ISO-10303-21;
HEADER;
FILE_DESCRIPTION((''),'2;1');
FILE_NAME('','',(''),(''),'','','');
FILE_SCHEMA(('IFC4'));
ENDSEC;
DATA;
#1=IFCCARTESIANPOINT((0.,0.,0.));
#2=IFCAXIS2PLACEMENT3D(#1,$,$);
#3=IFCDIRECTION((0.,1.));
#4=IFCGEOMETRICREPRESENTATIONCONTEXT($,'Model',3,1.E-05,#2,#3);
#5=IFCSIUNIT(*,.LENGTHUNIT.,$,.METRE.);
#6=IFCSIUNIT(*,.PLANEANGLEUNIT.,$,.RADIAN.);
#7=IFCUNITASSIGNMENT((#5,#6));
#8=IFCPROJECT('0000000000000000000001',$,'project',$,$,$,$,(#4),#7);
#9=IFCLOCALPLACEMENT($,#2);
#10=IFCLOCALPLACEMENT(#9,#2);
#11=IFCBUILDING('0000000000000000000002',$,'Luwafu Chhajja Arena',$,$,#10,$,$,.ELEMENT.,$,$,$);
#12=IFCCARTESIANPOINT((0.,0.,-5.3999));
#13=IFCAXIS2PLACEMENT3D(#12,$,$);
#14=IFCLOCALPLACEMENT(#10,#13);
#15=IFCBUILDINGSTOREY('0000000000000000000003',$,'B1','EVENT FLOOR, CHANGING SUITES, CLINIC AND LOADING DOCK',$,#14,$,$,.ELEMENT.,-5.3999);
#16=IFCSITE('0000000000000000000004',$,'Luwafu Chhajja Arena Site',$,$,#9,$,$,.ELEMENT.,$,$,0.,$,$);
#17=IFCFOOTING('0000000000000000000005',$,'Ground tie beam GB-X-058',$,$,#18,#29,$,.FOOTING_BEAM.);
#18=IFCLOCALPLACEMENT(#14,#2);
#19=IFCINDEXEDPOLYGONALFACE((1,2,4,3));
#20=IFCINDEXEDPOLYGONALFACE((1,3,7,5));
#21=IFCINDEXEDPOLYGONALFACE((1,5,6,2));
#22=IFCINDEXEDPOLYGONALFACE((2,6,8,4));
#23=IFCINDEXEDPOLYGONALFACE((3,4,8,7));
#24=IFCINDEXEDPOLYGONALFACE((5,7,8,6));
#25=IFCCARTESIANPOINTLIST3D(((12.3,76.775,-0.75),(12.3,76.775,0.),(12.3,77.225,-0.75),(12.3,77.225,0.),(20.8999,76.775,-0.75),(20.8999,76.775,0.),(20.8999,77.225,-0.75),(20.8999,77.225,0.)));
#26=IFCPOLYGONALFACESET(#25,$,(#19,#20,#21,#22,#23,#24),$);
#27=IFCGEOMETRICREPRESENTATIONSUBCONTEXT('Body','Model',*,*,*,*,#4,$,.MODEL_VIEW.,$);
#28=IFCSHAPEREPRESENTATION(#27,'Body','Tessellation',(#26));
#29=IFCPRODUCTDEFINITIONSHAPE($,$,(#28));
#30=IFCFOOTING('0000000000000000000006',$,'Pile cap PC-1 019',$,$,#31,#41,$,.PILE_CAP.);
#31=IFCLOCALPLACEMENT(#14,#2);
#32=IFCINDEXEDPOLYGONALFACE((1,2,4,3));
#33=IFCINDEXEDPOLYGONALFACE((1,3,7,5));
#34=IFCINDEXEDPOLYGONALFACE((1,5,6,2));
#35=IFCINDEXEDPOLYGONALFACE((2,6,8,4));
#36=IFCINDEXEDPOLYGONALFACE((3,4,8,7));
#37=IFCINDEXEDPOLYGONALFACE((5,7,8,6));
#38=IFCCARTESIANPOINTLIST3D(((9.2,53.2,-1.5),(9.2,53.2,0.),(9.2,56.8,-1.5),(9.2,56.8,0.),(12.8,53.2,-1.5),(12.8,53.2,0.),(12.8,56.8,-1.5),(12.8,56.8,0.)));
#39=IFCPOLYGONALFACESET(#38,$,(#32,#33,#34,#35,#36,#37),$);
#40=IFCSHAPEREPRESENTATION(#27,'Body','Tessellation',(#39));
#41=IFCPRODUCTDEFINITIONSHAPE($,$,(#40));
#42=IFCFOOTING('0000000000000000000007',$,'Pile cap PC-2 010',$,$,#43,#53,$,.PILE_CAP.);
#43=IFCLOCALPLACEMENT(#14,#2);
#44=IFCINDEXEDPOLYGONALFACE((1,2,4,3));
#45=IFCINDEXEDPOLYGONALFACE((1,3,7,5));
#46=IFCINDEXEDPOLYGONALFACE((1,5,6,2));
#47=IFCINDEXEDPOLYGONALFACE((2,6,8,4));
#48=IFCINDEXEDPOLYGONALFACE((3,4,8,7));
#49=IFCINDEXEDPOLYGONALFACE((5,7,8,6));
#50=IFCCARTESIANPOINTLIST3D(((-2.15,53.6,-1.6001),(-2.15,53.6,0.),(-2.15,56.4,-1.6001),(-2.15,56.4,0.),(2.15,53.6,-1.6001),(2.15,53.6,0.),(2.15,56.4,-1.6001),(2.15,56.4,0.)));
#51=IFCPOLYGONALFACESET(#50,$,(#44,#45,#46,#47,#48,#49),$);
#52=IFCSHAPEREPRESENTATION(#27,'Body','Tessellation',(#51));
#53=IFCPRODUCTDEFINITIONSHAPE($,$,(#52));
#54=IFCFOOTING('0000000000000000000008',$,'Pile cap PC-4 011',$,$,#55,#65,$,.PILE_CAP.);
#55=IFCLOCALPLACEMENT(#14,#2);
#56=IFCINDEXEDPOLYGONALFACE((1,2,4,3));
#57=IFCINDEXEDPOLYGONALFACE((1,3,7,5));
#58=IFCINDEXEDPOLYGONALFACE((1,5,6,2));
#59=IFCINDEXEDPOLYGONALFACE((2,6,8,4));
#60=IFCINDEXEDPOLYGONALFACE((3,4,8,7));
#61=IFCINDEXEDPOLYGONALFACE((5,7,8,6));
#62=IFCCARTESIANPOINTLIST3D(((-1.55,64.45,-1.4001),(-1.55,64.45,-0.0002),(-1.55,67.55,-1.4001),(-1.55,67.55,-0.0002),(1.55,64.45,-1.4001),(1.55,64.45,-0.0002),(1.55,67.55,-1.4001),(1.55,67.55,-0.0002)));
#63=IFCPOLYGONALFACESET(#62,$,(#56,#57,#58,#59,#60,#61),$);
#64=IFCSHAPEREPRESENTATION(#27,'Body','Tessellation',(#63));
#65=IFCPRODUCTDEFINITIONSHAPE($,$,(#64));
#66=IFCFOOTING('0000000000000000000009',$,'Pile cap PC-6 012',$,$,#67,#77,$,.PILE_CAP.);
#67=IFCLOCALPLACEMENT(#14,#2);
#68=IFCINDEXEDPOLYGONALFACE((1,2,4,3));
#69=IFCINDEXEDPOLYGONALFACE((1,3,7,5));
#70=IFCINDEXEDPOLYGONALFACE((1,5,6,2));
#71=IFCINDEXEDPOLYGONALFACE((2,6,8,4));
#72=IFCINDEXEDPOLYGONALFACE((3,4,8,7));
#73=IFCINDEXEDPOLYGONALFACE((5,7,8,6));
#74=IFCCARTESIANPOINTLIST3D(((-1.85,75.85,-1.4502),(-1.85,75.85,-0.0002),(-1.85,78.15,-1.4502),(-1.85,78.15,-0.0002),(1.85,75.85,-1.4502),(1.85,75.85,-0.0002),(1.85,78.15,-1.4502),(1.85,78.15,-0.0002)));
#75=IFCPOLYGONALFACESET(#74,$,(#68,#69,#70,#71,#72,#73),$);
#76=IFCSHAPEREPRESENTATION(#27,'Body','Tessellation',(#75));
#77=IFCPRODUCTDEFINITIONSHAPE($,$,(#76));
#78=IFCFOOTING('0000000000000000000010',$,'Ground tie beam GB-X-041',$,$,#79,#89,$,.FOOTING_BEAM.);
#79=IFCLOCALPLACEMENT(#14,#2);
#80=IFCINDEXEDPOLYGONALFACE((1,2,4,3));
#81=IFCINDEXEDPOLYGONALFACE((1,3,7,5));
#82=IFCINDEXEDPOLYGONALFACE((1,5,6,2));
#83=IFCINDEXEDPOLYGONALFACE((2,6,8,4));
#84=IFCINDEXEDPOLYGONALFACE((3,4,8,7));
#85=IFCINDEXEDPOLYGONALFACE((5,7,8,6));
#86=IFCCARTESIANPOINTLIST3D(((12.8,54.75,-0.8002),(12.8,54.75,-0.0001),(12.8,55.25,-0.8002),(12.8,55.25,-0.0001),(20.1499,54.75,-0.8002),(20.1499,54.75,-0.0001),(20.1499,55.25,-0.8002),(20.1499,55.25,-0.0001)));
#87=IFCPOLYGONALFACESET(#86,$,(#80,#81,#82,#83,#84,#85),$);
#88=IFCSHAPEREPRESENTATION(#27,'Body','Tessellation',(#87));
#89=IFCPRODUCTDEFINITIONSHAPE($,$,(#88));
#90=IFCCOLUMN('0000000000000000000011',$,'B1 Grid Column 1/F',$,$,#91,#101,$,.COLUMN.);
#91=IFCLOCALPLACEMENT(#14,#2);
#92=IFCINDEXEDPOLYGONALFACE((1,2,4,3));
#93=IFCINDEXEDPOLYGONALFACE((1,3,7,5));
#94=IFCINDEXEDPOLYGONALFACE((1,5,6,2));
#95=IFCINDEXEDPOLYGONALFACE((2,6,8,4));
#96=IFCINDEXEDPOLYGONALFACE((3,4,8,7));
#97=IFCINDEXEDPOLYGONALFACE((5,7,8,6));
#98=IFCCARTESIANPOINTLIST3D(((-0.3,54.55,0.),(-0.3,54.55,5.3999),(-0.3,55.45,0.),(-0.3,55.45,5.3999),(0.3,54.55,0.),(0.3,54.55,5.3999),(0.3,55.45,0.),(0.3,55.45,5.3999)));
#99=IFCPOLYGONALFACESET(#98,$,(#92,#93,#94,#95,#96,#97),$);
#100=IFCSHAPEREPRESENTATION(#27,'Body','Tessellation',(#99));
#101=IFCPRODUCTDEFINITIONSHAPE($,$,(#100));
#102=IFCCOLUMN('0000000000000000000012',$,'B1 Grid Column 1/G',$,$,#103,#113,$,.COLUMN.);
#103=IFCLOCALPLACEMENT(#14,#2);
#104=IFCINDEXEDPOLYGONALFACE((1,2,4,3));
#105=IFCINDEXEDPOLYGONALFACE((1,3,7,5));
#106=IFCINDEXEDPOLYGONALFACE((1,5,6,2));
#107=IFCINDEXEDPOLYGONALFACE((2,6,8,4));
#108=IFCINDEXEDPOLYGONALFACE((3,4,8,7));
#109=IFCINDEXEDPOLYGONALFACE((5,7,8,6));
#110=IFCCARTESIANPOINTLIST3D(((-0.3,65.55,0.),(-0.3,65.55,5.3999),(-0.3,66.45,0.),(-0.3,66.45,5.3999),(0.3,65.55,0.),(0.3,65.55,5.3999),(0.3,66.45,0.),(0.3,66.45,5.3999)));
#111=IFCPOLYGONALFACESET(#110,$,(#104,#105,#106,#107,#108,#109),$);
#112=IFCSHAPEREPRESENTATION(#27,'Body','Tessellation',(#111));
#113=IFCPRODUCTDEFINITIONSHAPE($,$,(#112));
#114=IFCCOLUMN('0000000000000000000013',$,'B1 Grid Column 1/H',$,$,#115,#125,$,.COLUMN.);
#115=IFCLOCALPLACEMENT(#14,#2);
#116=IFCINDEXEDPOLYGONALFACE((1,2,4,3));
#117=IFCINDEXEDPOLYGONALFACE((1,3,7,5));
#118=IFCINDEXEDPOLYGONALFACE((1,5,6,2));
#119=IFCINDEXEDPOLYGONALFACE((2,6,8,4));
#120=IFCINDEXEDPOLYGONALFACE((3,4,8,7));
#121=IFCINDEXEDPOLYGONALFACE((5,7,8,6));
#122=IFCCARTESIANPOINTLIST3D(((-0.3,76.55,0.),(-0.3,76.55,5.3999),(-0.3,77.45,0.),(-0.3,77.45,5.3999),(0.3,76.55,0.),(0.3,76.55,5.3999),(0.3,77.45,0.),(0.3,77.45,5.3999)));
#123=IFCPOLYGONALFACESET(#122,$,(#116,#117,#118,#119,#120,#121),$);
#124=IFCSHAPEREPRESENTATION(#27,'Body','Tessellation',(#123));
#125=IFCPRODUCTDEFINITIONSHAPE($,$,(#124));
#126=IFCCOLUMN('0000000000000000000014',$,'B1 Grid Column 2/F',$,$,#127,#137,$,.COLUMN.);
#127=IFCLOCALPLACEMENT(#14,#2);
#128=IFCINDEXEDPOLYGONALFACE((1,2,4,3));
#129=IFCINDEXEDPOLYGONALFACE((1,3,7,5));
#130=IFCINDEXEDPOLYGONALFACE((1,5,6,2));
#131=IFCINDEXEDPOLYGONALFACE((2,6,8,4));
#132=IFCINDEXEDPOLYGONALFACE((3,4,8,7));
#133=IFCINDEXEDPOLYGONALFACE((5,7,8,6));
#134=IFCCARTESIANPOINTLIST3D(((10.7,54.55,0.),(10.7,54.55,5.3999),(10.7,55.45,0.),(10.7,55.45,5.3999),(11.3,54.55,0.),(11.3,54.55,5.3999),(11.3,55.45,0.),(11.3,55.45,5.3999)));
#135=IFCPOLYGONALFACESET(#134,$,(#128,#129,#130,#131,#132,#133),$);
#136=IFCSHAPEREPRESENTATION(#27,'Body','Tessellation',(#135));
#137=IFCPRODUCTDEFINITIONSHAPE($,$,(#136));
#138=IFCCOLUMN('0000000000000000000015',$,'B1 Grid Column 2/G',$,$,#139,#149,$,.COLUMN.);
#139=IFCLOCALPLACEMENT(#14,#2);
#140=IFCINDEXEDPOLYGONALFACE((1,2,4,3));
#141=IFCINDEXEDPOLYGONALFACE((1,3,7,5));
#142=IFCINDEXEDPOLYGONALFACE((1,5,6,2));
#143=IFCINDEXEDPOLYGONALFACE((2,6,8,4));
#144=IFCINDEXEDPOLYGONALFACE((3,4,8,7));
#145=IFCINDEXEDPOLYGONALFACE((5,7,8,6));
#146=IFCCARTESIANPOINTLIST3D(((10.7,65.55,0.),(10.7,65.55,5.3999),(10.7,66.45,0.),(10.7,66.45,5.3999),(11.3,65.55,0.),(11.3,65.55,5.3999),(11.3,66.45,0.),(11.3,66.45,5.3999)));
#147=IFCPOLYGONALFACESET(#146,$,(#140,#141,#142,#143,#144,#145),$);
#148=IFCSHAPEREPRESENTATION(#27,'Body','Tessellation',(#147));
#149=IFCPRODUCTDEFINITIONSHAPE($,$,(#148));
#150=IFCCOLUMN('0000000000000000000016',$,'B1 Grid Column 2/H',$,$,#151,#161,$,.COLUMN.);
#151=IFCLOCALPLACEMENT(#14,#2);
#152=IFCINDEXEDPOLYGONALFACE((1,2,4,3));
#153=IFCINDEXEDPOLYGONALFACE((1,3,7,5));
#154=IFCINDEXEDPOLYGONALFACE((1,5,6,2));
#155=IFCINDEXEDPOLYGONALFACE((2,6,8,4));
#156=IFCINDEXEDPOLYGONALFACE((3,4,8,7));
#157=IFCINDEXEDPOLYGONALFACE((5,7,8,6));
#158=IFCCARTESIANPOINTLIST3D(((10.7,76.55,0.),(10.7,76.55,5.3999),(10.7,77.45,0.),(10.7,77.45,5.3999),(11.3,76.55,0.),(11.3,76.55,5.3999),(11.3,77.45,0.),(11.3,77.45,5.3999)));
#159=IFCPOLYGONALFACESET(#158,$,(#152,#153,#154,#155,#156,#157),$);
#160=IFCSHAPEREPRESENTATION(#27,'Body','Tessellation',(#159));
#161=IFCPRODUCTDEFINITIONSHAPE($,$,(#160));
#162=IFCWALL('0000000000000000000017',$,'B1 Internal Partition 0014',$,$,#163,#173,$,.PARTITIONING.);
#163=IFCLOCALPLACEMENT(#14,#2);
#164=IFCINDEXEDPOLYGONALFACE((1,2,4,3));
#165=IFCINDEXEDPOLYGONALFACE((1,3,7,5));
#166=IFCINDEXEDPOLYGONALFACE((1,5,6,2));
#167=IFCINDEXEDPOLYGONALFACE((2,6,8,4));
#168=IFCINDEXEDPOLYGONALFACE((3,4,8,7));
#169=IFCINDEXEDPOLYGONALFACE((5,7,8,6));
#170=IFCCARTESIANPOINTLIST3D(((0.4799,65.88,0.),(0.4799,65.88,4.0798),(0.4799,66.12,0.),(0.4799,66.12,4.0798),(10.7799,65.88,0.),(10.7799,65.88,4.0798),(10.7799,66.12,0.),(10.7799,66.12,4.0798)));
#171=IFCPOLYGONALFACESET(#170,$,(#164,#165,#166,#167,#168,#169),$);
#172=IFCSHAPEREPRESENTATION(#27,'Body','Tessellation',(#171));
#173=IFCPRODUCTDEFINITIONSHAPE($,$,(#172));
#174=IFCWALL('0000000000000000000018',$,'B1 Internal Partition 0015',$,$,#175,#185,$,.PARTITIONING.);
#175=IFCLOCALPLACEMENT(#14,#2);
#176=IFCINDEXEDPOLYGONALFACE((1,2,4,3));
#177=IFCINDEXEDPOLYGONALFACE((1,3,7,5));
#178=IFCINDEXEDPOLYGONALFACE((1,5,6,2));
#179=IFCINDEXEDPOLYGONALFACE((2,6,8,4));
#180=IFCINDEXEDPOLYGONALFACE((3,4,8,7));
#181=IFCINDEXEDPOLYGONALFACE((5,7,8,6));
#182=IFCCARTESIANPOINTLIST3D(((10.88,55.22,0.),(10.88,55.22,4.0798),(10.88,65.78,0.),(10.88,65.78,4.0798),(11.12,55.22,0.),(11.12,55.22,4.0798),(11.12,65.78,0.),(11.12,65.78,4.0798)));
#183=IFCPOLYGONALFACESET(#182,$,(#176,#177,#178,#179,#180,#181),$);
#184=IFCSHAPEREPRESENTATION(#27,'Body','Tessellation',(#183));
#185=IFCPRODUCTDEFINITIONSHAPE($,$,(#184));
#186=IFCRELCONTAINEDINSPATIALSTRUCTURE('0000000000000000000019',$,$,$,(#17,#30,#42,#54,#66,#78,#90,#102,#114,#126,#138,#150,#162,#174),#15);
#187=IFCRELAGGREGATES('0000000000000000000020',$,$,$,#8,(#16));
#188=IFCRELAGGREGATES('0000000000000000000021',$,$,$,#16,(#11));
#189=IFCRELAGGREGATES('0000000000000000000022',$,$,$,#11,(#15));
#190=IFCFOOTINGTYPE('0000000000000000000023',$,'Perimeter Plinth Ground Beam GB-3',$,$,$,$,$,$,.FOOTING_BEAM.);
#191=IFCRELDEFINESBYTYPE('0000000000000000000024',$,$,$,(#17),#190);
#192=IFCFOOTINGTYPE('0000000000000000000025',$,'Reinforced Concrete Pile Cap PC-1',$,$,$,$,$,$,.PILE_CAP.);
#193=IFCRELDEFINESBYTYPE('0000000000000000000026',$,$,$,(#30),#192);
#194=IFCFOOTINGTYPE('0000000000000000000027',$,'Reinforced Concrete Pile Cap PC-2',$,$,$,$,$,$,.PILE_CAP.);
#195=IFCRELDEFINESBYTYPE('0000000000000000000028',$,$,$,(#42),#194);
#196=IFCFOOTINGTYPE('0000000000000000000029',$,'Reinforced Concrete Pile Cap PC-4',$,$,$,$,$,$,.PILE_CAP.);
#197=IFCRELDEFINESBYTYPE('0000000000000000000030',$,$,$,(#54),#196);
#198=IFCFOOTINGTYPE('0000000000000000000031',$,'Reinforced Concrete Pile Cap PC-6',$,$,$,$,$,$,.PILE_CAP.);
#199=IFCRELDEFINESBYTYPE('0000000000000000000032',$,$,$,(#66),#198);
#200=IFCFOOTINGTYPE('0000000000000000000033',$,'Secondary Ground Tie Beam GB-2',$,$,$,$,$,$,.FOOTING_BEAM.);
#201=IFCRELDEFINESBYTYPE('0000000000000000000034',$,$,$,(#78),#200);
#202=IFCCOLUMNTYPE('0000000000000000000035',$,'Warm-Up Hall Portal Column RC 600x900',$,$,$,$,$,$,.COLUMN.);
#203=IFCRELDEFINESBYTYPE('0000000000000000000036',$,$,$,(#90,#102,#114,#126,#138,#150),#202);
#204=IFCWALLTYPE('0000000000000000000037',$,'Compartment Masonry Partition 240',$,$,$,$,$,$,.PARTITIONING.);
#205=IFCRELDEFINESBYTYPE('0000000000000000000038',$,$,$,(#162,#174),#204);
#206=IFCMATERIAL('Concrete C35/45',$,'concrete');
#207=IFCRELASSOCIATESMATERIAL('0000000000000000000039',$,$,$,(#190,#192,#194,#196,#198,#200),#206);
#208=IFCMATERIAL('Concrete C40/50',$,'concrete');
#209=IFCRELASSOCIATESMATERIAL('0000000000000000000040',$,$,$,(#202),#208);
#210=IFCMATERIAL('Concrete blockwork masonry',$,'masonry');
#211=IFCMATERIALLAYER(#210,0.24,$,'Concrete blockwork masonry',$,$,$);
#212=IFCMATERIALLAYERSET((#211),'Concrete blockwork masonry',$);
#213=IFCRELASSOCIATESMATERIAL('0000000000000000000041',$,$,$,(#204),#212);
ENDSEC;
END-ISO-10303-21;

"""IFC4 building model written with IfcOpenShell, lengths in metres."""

from ifc_helpers import new_model, si_unit, direction, frame, frame_2d, origin, origin_2d, place, context, subcontext, project, spatial, rectangle, extrude, material, layer, layer_set, material_profile, profile_set, type_object, element, save


model = new_model("IFC4")

# Units and contexts
model_context = context("Model", 3, precision=1e-05, world=origin(), true_north=direction((0.0, 1.0)))
body_context = subcontext(model_context, "Body", "Model", "MODEL_VIEW")
ifc_project = project(units=[si_unit("LENGTHUNIT", "METRE"), si_unit("PLANEANGLEUNIT", "RADIAN")], contexts=[model_context])

# Site, building, storey
site_placement = place(None, origin())
site = spatial("IfcSite", under=ifc_project, at=site_placement, Name="Luwafu Chhajja Arena Site", CompositionType="ELEMENT", RefElevation=0.0)
building_placement = place(site_placement, origin())
building = spatial("IfcBuilding", under=site, at=building_placement, Name="Luwafu Chhajja Arena", CompositionType="ELEMENT")
storey_placement = place(building_placement, frame((0.0, 0.0, -5.3999)))
storey = spatial("IfcBuildingStorey", under=building, at=storey_placement, Name="B1", Description="EVENT FLOOR, CHANGING SUITES, CLINIC AND LOADING DOCK", CompositionType="ELEMENT", Elevation=-5.3999)

# Shared definitions
ifc_material_1 = material(Name="Concrete C35/45", Category="concrete")

# Footings
ifc_material_profile_1 = material_profile(ifc_material_1, rectangle(XDim=0.45, YDim=0.75, at=origin_2d()), Name="RC 450x750")
ifc_profile_set_1 = profile_set([ifc_material_profile_1], Name="Concrete C35/45")
footing_type_1 = type_object("IfcFootingType", Name="Perimeter Plinth Ground Beam GB-3", PredefinedType="FOOTING_BEAM", material=ifc_profile_set_1)
footing_1_placement = place(storey_placement, frame((12.3, 77.0, -0.375), z_axis=(1.0, 0.0, 0.0), x_axis=(0.0, 1.0, 0.0)))
element("IfcFooting", 1, at=footing_1_placement, inside=storey, type_object=footing_type_1, Name="Ground tie beam GB-X-058", PredefinedType="FOOTING_BEAM", context=body_context, shape_type="SweptSolid", body=[
    extrude(rectangle(XDim=0.45, YDim=0.75, at=origin_2d()), origin(), (0.0, 0.0, 1.0), 8.5999),
])
footing_type_2 = type_object("IfcFootingType", Name="Reinforced Concrete Pile Cap PC-1", PredefinedType="PILE_CAP", material=ifc_material_1)
footing_2_placement = place(storey_placement, frame((11.0, 55.0, -1.5), z_axis=(0.0, 0.0, 1.0), x_axis=(1.0, 0.0, 0.0)))
element("IfcFooting", 2, at=footing_2_placement, inside=storey, type_object=footing_type_2, Name="Pile cap PC-1 019", PredefinedType="PILE_CAP", context=body_context, shape_type="SweptSolid", body=[
    extrude(rectangle(XDim=3.6001, YDim=3.6001, at=origin_2d()), origin(), (0.0, 0.0, 1.0), 1.5),
])
footing_type_3 = type_object("IfcFootingType", Name="Reinforced Concrete Pile Cap PC-2", PredefinedType="PILE_CAP", material=ifc_material_1)
footing_3_placement = place(storey_placement, frame((0.0, 55.0, -1.6001), z_axis=(0.0, 0.0, 1.0), x_axis=(1.0, 0.0, 0.0)))
element("IfcFooting", 3, at=footing_3_placement, inside=storey, type_object=footing_type_3, Name="Pile cap PC-2 010", PredefinedType="PILE_CAP", context=body_context, shape_type="SweptSolid", body=[
    extrude(rectangle(XDim=4.3, YDim=2.8, at=origin_2d()), origin(), (0.0, 0.0, 1.0), 1.6001),
])
footing_type_4 = type_object("IfcFootingType", Name="Reinforced Concrete Pile Cap PC-4", PredefinedType="PILE_CAP", material=ifc_material_1)
footing_4_placement = place(storey_placement, frame((0.0, 66.0, -1.4001), z_axis=(0.0, 0.0, 1.0), x_axis=(1.0, 0.0, 0.0)))
element("IfcFooting", 4, at=footing_4_placement, inside=storey, type_object=footing_type_4, Name="Pile cap PC-4 011", PredefinedType="PILE_CAP", context=body_context, shape_type="SweptSolid", body=[
    extrude(rectangle(XDim=3.1001, YDim=3.1001, at=origin_2d()), origin(), (0.0, 0.0, 1.0), 1.3999),
])
footing_type_5 = type_object("IfcFootingType", Name="Reinforced Concrete Pile Cap PC-6", PredefinedType="PILE_CAP", material=ifc_material_1)
footing_5_placement = place(storey_placement, frame((0.0, 77.0, -1.4502), z_axis=(0.0, 0.0, 1.0), x_axis=(1.0, 0.0, 0.0)))
element("IfcFooting", 5, at=footing_5_placement, inside=storey, type_object=footing_type_5, Name="Pile cap PC-6 012", PredefinedType="PILE_CAP", context=body_context, shape_type="SweptSolid", body=[
    extrude(rectangle(XDim=3.7, YDim=2.3, at=origin_2d()), origin(), (0.0, 0.0, 1.0), 1.45),
])
ifc_material_profile_2 = material_profile(ifc_material_1, rectangle(XDim=0.5, YDim=0.8, at=origin_2d()), Name="RC 500x800")
ifc_profile_set_2 = profile_set([ifc_material_profile_2], Name="Concrete C35/45")
footing_type_6 = type_object("IfcFootingType", Name="Secondary Ground Tie Beam GB-2", PredefinedType="FOOTING_BEAM", material=ifc_profile_set_2)
footing_6_placement = place(storey_placement, frame((12.8, 55.0, -0.4001), z_axis=(1.0, 0.0, 0.0), x_axis=(0.0, 1.0, 0.0)))
element("IfcFooting", 6, at=footing_6_placement, inside=storey, type_object=footing_type_6, Name="Ground tie beam GB-X-041", PredefinedType="FOOTING_BEAM", context=body_context, shape_type="SweptSolid", body=[
    extrude(rectangle(XDim=0.5, YDim=0.8, at=origin_2d()), origin(), (0.0, 0.0, 1.0), 7.3499),
])

# Columns
ifc_material_2 = material(Name="Concrete C40/50", Category="concrete")
ifc_material_profile_3 = material_profile(ifc_material_2, rectangle(XDim=0.6001, YDim=0.8999, at=origin_2d()), Name="RC 600x900")
ifc_profile_set_3 = profile_set([ifc_material_profile_3], Name="Concrete C40/50")
column_type = type_object("IfcColumnType", Name="Warm-Up Hall Portal Column RC 600x900", PredefinedType="COLUMN", material=ifc_profile_set_3)
for number, where, z_axis, x_axis, name in (
    (7, (0.0, 55.0, 0.0), (0.0, 0.0, 1.0), (1.0, 0.0, 0.0), "B1 Grid Column 1/F"),
    (8, (0.0, 66.0, 0.0), (0.0, 0.0, 1.0), (1.0, 0.0, 0.0), "B1 Grid Column 1/G"),
    (9, (0.0, 77.0, 0.0), (0.0, 0.0, 1.0), (1.0, 0.0, 0.0), "B1 Grid Column 1/H"),
    (10, (11.0, 55.0, 0.0), (0.0, 0.0, 1.0), (1.0, 0.0, 0.0), "B1 Grid Column 2/F"),
    (11, (11.0, 66.0, 0.0), (0.0, 0.0, 1.0), (1.0, 0.0, 0.0), "B1 Grid Column 2/G"),
    (12, (11.0, 77.0, 0.0), (0.0, 0.0, 1.0), (1.0, 0.0, 0.0), "B1 Grid Column 2/H"),
):
    element("IfcColumn", number, at=place(storey_placement, frame(where, z_axis=z_axis, x_axis=x_axis)), inside=storey, type_object=column_type, Name=name, PredefinedType="COLUMN", context=body_context, shape_type="SweptSolid", body=[
        extrude(rectangle(XDim=0.6001, YDim=0.8999, at=origin_2d()), origin(), (0.0, 0.0, 1.0), 5.3999),
    ])

# Walls
ifc_material_3 = material(Name="Concrete blockwork masonry", Category="masonry")
ifc_layer_1 = layer(ifc_material_3, 0.24, Name="Concrete blockwork masonry")
ifc_layer_set_1 = layer_set([ifc_layer_1], Name="Concrete blockwork masonry")
wall_type_1 = type_object("IfcWallType", Name="Compartment Masonry Partition 240", PredefinedType="PARTITIONING", material=ifc_layer_set_1)
wall_1_placement = place(storey_placement, frame((0.48, 66.0, 0.0), z_axis=(0.0, 0.0, 1.0), x_axis=(1.0, 0.0, 0.0)))
element("IfcWall", 13, at=wall_1_placement, inside=storey, type_object=wall_type_1, Name="B1 Internal Partition 0014", PredefinedType="PARTITIONING", context=body_context, shape_type="SweptSolid", body=[
    extrude(rectangle(XDim=10.3, YDim=0.24, at=frame_2d((5.1499, 0.0))), origin(), (0.0, 0.0, 1.0), 4.0798),
])
wall_2_placement = place(storey_placement, frame((11.0, 55.22, 0.0), z_axis=(0.0, 0.0, 1.0), x_axis=(0.0, 1.0, 0.0)))
element("IfcWall", 14, at=wall_2_placement, inside=storey, type_object=wall_type_1, Name="B1 Internal Partition 0015", PredefinedType="PARTITIONING", context=body_context, shape_type="SweptSolid", body=[
    extrude(rectangle(XDim=10.5601, YDim=0.24, at=frame_2d((5.28, 0.0))), origin(), (0.0, 0.0, 1.0), 4.0798),
])

save(model, "model.ifc")
